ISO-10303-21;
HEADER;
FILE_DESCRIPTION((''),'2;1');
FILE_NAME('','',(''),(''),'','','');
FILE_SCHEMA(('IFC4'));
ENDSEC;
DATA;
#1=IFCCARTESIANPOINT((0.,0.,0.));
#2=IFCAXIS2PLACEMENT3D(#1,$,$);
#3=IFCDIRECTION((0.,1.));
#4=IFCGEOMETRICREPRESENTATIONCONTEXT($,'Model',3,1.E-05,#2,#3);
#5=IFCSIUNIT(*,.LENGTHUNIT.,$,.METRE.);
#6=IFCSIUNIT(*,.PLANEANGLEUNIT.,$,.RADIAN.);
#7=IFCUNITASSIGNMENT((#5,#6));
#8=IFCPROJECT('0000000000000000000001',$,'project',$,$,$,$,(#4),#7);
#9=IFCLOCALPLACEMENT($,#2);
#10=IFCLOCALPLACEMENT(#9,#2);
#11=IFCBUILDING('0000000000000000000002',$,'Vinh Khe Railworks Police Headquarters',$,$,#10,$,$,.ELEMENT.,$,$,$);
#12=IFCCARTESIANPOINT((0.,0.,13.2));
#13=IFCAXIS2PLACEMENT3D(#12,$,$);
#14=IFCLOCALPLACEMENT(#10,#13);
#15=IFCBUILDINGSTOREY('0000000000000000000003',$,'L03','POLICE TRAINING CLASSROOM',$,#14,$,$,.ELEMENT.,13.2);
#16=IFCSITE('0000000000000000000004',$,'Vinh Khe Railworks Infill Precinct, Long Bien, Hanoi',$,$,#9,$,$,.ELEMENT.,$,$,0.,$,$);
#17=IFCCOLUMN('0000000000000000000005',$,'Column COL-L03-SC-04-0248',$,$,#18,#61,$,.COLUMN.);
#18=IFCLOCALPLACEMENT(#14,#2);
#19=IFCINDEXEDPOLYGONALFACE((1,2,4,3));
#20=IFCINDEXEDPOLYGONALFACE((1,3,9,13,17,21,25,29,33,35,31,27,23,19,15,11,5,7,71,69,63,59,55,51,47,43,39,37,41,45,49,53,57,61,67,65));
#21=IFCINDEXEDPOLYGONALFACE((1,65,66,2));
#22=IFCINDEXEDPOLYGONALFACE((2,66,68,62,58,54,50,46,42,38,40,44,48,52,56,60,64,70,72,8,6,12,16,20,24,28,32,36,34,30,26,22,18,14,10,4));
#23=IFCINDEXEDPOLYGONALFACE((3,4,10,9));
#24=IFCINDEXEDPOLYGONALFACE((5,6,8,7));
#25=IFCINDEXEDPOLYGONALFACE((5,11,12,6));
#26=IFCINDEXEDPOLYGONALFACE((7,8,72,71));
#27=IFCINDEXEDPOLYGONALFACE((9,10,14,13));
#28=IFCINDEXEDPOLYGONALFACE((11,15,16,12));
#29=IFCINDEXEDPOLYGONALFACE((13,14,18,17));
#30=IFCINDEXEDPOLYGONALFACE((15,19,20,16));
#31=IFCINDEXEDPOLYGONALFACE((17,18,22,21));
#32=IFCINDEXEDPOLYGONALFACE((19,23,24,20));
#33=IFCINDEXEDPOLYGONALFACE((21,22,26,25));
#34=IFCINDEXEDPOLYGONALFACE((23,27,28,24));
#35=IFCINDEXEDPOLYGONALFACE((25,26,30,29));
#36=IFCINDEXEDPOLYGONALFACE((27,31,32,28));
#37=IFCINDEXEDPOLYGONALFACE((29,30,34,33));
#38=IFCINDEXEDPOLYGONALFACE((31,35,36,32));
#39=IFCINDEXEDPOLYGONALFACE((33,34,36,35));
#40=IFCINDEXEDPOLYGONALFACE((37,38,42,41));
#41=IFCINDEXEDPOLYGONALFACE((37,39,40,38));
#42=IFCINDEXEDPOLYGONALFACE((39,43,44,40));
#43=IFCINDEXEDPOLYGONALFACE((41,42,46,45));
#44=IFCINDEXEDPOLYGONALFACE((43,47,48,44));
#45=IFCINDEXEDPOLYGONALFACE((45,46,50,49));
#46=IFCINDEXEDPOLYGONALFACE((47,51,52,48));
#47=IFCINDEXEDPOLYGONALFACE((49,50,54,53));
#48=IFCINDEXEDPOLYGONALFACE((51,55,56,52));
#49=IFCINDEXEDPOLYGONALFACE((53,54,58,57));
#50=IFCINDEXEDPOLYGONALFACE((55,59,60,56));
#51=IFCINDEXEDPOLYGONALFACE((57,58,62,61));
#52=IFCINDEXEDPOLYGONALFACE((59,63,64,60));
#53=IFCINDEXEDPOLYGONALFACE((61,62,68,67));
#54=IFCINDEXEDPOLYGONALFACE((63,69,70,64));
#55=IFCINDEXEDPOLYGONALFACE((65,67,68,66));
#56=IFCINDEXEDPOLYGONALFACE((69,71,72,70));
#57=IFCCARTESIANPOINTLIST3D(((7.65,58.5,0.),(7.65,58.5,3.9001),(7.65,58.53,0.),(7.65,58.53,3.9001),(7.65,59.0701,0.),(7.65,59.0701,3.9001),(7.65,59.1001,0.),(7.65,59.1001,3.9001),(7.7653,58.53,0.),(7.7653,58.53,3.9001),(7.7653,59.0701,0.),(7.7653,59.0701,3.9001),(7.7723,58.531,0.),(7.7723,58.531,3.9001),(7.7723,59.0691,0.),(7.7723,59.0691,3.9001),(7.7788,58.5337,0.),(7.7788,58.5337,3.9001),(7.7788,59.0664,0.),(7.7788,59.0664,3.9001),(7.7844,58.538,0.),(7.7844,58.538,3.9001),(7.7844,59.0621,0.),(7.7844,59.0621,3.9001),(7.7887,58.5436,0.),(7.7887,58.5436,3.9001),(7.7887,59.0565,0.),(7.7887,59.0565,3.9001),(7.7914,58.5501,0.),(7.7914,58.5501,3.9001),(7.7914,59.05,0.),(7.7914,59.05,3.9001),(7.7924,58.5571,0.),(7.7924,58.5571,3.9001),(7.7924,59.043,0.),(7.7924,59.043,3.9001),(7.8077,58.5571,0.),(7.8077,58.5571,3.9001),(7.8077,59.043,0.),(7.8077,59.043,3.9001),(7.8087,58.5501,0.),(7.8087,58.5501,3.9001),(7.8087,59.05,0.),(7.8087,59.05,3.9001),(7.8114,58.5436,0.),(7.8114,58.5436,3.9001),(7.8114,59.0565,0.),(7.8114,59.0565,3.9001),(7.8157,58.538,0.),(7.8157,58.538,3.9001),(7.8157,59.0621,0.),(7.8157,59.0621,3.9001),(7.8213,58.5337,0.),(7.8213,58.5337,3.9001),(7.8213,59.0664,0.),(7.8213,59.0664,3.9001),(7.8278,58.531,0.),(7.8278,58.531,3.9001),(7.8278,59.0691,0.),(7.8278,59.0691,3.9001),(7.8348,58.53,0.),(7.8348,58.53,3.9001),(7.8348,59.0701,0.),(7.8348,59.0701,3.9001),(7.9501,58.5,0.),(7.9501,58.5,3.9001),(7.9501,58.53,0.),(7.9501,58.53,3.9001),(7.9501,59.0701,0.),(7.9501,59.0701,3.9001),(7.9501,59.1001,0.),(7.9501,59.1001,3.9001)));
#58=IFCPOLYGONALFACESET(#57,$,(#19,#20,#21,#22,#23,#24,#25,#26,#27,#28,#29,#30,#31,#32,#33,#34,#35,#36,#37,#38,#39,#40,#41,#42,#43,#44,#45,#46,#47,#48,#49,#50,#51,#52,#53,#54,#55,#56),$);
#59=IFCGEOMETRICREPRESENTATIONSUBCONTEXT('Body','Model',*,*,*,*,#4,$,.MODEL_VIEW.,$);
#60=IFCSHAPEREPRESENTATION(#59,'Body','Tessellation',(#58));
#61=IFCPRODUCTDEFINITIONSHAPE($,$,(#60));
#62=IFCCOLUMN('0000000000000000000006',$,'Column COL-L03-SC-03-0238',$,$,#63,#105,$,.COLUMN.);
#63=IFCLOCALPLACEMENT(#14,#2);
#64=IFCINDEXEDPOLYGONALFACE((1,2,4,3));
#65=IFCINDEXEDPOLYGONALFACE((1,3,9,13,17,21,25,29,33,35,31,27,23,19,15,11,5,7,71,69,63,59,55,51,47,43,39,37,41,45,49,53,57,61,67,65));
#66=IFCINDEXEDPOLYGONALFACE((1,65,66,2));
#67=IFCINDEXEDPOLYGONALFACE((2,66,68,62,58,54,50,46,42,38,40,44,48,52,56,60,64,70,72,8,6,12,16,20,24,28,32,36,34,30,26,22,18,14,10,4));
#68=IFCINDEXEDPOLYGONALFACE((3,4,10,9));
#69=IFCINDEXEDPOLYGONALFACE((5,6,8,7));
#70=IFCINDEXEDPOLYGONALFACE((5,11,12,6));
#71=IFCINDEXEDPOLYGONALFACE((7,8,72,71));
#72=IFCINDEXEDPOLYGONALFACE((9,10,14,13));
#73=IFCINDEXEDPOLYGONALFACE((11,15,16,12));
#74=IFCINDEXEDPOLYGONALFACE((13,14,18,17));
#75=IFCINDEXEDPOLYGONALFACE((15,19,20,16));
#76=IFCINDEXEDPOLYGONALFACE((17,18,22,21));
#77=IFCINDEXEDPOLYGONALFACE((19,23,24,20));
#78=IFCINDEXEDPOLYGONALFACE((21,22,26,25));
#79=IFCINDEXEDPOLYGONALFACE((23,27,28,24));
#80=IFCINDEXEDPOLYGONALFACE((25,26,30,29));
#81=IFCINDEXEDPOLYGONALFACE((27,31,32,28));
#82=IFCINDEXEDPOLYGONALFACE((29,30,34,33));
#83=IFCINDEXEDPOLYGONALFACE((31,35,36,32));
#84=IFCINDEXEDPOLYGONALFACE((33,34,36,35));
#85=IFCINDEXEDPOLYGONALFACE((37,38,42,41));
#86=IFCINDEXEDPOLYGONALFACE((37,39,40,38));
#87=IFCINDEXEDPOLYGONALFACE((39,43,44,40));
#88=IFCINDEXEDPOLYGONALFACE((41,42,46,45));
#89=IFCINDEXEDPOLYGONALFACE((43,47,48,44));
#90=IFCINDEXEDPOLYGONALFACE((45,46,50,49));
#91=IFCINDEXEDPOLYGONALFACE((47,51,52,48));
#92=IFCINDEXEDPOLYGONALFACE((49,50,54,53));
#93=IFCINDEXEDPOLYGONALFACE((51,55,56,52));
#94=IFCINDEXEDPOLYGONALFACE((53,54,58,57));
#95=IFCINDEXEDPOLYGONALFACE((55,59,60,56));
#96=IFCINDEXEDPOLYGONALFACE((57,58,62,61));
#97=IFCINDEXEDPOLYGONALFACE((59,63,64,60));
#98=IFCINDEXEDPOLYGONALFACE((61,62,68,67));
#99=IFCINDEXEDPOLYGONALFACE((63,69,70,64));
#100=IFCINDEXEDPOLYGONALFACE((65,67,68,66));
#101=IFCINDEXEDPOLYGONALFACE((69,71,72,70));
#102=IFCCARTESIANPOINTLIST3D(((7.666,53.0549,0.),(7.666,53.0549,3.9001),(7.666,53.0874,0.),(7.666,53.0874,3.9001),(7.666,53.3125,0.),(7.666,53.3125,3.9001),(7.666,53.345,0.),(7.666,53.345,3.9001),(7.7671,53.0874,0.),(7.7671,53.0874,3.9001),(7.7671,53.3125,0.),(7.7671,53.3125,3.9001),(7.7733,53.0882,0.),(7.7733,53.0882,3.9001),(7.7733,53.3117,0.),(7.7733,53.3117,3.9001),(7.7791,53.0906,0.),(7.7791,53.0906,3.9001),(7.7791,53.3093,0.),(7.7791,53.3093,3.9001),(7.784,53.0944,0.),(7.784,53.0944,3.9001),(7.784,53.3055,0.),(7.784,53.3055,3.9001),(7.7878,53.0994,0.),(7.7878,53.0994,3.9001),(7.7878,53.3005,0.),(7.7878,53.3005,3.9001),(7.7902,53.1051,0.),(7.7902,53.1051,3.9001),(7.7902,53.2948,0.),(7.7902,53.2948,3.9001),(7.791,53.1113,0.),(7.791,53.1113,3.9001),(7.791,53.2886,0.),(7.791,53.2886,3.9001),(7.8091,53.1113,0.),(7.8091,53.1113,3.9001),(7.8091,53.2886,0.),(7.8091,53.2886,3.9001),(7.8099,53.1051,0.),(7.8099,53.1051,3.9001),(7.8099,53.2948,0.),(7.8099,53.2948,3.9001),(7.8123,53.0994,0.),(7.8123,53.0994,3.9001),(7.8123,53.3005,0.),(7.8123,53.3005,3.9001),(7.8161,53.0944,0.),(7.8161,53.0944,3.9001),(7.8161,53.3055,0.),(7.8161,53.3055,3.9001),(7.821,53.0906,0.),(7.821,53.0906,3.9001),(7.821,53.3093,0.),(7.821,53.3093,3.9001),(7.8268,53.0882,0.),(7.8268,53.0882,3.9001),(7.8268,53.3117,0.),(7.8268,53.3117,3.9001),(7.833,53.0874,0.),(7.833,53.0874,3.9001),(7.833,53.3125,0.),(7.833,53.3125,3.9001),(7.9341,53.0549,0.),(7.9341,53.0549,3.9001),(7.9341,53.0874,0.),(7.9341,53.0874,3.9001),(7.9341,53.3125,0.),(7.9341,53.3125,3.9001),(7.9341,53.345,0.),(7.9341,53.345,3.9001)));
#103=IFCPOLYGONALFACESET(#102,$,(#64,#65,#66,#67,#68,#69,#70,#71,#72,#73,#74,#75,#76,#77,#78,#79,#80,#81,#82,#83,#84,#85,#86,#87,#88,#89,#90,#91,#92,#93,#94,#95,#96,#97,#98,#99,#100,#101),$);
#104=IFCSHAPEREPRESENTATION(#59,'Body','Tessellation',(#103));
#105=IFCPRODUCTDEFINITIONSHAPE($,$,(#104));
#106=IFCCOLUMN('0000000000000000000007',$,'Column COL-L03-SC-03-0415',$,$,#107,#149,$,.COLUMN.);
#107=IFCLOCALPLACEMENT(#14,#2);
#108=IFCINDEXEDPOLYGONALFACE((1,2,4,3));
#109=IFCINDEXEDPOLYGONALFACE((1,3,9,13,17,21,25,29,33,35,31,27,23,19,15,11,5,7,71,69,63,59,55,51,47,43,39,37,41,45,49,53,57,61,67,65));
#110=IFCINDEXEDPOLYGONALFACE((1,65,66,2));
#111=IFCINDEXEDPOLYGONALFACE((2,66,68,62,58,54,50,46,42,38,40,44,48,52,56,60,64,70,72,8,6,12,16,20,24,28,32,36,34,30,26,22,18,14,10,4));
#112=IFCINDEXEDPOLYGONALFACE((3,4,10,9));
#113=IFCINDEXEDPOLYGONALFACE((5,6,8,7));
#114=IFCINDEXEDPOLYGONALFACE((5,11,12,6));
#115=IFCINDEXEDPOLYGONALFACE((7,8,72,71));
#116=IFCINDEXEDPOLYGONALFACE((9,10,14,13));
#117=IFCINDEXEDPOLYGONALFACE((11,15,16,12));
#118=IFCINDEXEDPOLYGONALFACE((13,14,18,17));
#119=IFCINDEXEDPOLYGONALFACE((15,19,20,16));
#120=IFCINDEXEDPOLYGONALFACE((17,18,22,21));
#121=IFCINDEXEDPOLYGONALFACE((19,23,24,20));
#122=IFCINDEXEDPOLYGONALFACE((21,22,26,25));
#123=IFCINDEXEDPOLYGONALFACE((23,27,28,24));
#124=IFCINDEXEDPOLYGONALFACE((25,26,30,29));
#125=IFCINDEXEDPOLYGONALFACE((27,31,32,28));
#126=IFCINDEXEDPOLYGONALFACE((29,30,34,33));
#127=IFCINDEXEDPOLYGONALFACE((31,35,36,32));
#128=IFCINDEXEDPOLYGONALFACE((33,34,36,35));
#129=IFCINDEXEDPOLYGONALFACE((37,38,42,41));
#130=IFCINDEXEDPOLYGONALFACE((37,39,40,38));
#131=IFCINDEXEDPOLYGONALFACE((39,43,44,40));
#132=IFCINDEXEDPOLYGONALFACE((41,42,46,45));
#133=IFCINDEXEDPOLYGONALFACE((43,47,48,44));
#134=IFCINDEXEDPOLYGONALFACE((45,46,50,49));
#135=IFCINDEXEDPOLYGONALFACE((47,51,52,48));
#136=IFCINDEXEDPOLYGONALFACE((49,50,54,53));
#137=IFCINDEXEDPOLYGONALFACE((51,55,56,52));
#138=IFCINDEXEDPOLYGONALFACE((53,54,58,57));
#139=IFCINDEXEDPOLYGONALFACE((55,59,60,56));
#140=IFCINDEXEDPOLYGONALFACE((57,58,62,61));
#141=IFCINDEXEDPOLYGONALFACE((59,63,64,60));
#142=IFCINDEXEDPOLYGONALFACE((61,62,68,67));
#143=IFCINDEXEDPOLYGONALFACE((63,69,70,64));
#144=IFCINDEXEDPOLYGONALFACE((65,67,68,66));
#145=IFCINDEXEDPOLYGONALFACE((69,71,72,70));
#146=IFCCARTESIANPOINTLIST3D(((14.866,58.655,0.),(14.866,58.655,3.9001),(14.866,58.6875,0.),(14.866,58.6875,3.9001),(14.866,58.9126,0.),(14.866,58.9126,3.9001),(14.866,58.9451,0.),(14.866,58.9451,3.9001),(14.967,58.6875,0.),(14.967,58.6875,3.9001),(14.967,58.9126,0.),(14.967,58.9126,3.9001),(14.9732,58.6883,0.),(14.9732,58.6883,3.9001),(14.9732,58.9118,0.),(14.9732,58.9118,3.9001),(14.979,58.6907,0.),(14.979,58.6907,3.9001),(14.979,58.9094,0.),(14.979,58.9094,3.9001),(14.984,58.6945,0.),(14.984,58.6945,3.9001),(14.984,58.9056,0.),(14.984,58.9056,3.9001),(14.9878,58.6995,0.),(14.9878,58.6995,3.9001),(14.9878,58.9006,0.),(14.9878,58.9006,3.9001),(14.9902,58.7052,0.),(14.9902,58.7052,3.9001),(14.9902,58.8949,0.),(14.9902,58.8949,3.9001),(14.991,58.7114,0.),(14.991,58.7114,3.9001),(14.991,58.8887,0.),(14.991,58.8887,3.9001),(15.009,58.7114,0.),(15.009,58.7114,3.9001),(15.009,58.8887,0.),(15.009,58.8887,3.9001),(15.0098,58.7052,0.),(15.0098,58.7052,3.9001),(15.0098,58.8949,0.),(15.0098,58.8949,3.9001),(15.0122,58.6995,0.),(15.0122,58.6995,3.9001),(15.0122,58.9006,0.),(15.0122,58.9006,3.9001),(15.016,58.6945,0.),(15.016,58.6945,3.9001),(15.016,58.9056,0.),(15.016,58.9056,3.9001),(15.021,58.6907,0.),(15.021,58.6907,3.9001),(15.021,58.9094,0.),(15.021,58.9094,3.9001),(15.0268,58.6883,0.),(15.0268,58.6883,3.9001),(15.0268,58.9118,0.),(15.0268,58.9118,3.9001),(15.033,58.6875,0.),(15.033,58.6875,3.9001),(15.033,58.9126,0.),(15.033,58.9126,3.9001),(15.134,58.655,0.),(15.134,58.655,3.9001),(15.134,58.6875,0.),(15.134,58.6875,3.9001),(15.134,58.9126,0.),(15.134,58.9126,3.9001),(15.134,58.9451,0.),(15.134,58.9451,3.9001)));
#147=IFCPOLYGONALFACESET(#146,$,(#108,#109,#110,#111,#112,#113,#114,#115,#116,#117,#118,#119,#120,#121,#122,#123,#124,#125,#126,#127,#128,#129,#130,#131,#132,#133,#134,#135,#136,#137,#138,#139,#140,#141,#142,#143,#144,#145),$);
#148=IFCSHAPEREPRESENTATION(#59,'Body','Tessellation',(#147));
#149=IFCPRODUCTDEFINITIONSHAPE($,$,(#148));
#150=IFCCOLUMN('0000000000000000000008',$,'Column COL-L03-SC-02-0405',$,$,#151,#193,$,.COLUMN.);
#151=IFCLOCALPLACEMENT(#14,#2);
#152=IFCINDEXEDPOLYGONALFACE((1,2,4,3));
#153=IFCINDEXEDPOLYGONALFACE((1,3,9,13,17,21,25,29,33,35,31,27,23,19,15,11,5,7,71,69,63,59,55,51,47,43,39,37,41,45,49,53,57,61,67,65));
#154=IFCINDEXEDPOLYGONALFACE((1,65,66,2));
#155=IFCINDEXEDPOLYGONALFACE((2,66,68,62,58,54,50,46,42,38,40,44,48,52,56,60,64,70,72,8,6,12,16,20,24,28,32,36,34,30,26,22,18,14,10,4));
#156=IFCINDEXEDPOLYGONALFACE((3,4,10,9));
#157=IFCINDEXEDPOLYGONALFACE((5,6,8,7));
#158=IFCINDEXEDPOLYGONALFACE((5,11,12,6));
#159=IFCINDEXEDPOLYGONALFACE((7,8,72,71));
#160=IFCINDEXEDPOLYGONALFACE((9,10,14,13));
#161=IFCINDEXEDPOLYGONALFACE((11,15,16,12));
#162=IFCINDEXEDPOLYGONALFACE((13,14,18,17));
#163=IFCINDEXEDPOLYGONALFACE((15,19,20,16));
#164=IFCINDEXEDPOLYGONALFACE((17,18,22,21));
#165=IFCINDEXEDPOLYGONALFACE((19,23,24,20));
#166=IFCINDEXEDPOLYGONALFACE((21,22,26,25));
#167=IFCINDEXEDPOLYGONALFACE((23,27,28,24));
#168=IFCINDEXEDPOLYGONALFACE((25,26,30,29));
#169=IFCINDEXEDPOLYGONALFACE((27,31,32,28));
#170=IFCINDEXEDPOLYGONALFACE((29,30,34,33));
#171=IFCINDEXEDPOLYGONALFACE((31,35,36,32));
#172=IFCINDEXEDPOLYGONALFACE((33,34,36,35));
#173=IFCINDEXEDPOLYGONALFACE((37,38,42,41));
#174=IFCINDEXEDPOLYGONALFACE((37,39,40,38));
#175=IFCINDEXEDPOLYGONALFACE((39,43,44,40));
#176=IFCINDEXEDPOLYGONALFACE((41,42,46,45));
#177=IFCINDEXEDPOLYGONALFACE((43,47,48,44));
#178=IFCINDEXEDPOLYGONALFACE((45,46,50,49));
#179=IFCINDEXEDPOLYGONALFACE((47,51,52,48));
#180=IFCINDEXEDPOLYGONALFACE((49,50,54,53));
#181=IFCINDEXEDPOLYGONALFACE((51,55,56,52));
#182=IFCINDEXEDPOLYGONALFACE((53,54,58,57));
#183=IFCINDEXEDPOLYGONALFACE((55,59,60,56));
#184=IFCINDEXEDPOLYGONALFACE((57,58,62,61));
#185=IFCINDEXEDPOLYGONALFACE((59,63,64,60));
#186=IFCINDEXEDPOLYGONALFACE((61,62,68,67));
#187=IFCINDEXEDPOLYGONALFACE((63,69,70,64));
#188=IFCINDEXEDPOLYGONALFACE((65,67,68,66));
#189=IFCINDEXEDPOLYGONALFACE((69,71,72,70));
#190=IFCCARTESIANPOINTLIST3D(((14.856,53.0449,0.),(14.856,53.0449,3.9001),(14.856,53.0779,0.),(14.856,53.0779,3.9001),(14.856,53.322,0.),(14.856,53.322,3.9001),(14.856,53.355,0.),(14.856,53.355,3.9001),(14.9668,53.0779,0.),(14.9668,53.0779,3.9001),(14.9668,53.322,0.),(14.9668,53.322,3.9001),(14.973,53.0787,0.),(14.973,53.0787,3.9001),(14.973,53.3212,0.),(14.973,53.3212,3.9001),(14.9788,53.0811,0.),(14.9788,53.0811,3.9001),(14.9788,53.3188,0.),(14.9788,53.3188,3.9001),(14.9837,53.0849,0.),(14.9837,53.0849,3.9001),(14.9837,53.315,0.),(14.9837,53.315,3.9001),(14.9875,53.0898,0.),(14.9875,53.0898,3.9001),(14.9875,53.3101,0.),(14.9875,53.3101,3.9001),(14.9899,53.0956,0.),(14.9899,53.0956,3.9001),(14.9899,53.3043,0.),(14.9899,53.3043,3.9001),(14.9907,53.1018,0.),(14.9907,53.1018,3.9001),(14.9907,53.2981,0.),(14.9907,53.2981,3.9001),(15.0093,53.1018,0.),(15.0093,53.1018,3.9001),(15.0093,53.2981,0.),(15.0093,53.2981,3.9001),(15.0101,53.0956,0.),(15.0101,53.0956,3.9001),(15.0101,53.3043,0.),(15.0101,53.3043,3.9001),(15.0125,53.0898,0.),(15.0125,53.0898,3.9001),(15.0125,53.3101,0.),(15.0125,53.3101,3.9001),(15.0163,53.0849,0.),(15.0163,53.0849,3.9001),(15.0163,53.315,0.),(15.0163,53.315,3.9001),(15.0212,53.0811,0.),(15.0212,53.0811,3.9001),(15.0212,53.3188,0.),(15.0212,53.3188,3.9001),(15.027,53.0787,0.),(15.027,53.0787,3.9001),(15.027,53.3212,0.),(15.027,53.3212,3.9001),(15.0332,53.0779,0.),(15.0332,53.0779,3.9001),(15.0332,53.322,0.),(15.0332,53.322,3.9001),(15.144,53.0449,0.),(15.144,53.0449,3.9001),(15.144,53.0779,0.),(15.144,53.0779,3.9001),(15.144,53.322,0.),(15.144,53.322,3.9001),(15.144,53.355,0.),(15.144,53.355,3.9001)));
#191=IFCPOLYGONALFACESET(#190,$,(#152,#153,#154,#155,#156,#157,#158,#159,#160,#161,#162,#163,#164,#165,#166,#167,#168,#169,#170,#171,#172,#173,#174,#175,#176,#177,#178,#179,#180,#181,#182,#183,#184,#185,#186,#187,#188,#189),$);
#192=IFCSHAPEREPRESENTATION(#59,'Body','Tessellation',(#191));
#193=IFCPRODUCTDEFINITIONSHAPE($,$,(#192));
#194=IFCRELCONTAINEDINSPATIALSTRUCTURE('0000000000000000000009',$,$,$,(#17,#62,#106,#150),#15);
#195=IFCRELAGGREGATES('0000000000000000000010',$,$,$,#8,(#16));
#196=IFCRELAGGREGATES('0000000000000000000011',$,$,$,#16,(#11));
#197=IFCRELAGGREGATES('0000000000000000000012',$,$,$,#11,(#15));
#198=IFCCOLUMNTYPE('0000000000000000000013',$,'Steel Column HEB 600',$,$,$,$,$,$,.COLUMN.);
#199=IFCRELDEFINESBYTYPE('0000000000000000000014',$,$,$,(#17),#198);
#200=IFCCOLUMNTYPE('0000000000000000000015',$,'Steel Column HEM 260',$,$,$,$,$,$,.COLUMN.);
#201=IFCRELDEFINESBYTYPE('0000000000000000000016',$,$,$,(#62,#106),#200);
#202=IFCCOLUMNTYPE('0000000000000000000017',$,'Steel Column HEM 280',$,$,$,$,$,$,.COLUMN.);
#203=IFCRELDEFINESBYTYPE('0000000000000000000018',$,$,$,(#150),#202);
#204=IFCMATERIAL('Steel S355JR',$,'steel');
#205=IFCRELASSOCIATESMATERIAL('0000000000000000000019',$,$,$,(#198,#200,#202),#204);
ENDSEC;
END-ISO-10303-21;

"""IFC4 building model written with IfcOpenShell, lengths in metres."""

from ifc_helpers import new_model, si_unit, direction, frame, origin, origin_2d, place, context, subcontext, project, spatial, i_section, extrude, material, material_profile, profile_set, type_object, element, save


model = new_model("IFC4")

# Units and contexts
model_context = context("Model", 3, precision=1e-05, world=origin(), true_north=direction((0.0, 1.0)))
body_context = subcontext(model_context, "Body", "Model", "MODEL_VIEW")
ifc_project = project(units=[si_unit("LENGTHUNIT", "METRE"), si_unit("PLANEANGLEUNIT", "RADIAN")], contexts=[model_context])

# Site, building, storey
site_placement = place(None, origin())
site = spatial("IfcSite", under=ifc_project, at=site_placement, Name="Vinh Khe Railworks Infill Precinct, Long Bien, Hanoi", CompositionType="ELEMENT", RefElevation=0.0)
building_placement = place(site_placement, origin())
building = spatial("IfcBuilding", under=site, at=building_placement, Name="Vinh Khe Railworks Police Headquarters", CompositionType="ELEMENT")
storey_placement = place(building_placement, frame((0.0, 0.0, 13.2)))
storey = spatial("IfcBuildingStorey", under=building, at=storey_placement, Name="L03", Description="POLICE TRAINING CLASSROOM", CompositionType="ELEMENT", Elevation=13.2)

# Columns
ifc_material_1 = material(Name="Steel S355JR", Category="steel")
ifc_material_profile_1 = material_profile(ifc_material_1, i_section(OverallWidth=0.3, OverallDepth=0.6001, WebThickness=0.0154, FlangeThickness=0.03, FilletRadius=0.0271, at=origin_2d()), Name="HEB 600")
ifc_profile_set_1 = profile_set([ifc_material_profile_1], Name="Steel S355JR")
column_type_1 = type_object("IfcColumnType", Name="Steel Column HEB 600", PredefinedType="COLUMN", material=ifc_profile_set_1)
column_1_placement = place(storey_placement, frame((7.8, 58.8, 0.0), z_axis=(0.0, 0.0, 1.0), x_axis=(1.0, 0.0, 0.0)))
element("IfcColumn", 1, at=column_1_placement, inside=storey, type_object=column_type_1, Name="Column COL-L03-SC-04-0248", PredefinedType="COLUMN", context=body_context, shape_type="SweptSolid", body=[
    extrude(i_section(OverallWidth=0.3, OverallDepth=0.6001, WebThickness=0.0154, FlangeThickness=0.03, FilletRadius=0.0271, at=origin_2d()), origin(), (0.0, 0.0, 1.0), 3.9001),
])
ifc_material_profile_2 = material_profile(ifc_material_1, i_section(OverallWidth=0.2681, OverallDepth=0.29, WebThickness=0.0181, FlangeThickness=0.0325, FilletRadius=0.0239, at=origin_2d()), Name="HEM 260")
ifc_profile_set_2 = profile_set([ifc_material_profile_2], Name="Steel S355JR")
column_type_2 = type_object("IfcColumnType", Name="Steel Column HEM 260", PredefinedType="COLUMN", material=ifc_profile_set_2)
for number, where, z_axis, x_axis, name in (
    (2, (7.8, 53.2, 0.0), (0.0, 0.0, 1.0), (1.0, 0.0, 0.0), "Column COL-L03-SC-03-0238"),
    (3, (15.0, 58.8, 0.0), (0.0, 0.0, 1.0), (1.0, 0.0, 0.0), "Column COL-L03-SC-03-0415"),
):
    element("IfcColumn", number, at=place(storey_placement, frame(where, z_axis=z_axis, x_axis=x_axis)), inside=storey, type_object=column_type_2, Name=name, PredefinedType="COLUMN", context=body_context, shape_type="SweptSolid", body=[
        extrude(i_section(OverallWidth=0.2681, OverallDepth=0.29, WebThickness=0.0181, FlangeThickness=0.0325, FilletRadius=0.0239, at=origin_2d()), origin(), (0.0, 0.0, 1.0), 3.9001),
    ])
ifc_material_profile_3 = material_profile(ifc_material_1, i_section(OverallWidth=0.2881, OverallDepth=0.3101, WebThickness=0.0186, FlangeThickness=0.033, FilletRadius=0.0239, at=origin_2d()), Name="HEM 280")
ifc_profile_set_3 = profile_set([ifc_material_profile_3], Name="Steel S355JR")
column_type_3 = type_object("IfcColumnType", Name="Steel Column HEM 280", PredefinedType="COLUMN", material=ifc_profile_set_3)
column_2_placement = place(storey_placement, frame((15.0, 53.2, 0.0), z_axis=(0.0, 0.0, 1.0), x_axis=(1.0, 0.0, 0.0)))
element("IfcColumn", 4, at=column_2_placement, inside=storey, type_object=column_type_3, Name="Column COL-L03-SC-02-0405", PredefinedType="COLUMN", context=body_context, shape_type="SweptSolid", body=[
    extrude(i_section(OverallWidth=0.2881, OverallDepth=0.3101, WebThickness=0.0186, FlangeThickness=0.033, FilletRadius=0.0239, at=origin_2d()), origin(), (0.0, 0.0, 1.0), 3.9001),
])

save(model, "model.ifc")
